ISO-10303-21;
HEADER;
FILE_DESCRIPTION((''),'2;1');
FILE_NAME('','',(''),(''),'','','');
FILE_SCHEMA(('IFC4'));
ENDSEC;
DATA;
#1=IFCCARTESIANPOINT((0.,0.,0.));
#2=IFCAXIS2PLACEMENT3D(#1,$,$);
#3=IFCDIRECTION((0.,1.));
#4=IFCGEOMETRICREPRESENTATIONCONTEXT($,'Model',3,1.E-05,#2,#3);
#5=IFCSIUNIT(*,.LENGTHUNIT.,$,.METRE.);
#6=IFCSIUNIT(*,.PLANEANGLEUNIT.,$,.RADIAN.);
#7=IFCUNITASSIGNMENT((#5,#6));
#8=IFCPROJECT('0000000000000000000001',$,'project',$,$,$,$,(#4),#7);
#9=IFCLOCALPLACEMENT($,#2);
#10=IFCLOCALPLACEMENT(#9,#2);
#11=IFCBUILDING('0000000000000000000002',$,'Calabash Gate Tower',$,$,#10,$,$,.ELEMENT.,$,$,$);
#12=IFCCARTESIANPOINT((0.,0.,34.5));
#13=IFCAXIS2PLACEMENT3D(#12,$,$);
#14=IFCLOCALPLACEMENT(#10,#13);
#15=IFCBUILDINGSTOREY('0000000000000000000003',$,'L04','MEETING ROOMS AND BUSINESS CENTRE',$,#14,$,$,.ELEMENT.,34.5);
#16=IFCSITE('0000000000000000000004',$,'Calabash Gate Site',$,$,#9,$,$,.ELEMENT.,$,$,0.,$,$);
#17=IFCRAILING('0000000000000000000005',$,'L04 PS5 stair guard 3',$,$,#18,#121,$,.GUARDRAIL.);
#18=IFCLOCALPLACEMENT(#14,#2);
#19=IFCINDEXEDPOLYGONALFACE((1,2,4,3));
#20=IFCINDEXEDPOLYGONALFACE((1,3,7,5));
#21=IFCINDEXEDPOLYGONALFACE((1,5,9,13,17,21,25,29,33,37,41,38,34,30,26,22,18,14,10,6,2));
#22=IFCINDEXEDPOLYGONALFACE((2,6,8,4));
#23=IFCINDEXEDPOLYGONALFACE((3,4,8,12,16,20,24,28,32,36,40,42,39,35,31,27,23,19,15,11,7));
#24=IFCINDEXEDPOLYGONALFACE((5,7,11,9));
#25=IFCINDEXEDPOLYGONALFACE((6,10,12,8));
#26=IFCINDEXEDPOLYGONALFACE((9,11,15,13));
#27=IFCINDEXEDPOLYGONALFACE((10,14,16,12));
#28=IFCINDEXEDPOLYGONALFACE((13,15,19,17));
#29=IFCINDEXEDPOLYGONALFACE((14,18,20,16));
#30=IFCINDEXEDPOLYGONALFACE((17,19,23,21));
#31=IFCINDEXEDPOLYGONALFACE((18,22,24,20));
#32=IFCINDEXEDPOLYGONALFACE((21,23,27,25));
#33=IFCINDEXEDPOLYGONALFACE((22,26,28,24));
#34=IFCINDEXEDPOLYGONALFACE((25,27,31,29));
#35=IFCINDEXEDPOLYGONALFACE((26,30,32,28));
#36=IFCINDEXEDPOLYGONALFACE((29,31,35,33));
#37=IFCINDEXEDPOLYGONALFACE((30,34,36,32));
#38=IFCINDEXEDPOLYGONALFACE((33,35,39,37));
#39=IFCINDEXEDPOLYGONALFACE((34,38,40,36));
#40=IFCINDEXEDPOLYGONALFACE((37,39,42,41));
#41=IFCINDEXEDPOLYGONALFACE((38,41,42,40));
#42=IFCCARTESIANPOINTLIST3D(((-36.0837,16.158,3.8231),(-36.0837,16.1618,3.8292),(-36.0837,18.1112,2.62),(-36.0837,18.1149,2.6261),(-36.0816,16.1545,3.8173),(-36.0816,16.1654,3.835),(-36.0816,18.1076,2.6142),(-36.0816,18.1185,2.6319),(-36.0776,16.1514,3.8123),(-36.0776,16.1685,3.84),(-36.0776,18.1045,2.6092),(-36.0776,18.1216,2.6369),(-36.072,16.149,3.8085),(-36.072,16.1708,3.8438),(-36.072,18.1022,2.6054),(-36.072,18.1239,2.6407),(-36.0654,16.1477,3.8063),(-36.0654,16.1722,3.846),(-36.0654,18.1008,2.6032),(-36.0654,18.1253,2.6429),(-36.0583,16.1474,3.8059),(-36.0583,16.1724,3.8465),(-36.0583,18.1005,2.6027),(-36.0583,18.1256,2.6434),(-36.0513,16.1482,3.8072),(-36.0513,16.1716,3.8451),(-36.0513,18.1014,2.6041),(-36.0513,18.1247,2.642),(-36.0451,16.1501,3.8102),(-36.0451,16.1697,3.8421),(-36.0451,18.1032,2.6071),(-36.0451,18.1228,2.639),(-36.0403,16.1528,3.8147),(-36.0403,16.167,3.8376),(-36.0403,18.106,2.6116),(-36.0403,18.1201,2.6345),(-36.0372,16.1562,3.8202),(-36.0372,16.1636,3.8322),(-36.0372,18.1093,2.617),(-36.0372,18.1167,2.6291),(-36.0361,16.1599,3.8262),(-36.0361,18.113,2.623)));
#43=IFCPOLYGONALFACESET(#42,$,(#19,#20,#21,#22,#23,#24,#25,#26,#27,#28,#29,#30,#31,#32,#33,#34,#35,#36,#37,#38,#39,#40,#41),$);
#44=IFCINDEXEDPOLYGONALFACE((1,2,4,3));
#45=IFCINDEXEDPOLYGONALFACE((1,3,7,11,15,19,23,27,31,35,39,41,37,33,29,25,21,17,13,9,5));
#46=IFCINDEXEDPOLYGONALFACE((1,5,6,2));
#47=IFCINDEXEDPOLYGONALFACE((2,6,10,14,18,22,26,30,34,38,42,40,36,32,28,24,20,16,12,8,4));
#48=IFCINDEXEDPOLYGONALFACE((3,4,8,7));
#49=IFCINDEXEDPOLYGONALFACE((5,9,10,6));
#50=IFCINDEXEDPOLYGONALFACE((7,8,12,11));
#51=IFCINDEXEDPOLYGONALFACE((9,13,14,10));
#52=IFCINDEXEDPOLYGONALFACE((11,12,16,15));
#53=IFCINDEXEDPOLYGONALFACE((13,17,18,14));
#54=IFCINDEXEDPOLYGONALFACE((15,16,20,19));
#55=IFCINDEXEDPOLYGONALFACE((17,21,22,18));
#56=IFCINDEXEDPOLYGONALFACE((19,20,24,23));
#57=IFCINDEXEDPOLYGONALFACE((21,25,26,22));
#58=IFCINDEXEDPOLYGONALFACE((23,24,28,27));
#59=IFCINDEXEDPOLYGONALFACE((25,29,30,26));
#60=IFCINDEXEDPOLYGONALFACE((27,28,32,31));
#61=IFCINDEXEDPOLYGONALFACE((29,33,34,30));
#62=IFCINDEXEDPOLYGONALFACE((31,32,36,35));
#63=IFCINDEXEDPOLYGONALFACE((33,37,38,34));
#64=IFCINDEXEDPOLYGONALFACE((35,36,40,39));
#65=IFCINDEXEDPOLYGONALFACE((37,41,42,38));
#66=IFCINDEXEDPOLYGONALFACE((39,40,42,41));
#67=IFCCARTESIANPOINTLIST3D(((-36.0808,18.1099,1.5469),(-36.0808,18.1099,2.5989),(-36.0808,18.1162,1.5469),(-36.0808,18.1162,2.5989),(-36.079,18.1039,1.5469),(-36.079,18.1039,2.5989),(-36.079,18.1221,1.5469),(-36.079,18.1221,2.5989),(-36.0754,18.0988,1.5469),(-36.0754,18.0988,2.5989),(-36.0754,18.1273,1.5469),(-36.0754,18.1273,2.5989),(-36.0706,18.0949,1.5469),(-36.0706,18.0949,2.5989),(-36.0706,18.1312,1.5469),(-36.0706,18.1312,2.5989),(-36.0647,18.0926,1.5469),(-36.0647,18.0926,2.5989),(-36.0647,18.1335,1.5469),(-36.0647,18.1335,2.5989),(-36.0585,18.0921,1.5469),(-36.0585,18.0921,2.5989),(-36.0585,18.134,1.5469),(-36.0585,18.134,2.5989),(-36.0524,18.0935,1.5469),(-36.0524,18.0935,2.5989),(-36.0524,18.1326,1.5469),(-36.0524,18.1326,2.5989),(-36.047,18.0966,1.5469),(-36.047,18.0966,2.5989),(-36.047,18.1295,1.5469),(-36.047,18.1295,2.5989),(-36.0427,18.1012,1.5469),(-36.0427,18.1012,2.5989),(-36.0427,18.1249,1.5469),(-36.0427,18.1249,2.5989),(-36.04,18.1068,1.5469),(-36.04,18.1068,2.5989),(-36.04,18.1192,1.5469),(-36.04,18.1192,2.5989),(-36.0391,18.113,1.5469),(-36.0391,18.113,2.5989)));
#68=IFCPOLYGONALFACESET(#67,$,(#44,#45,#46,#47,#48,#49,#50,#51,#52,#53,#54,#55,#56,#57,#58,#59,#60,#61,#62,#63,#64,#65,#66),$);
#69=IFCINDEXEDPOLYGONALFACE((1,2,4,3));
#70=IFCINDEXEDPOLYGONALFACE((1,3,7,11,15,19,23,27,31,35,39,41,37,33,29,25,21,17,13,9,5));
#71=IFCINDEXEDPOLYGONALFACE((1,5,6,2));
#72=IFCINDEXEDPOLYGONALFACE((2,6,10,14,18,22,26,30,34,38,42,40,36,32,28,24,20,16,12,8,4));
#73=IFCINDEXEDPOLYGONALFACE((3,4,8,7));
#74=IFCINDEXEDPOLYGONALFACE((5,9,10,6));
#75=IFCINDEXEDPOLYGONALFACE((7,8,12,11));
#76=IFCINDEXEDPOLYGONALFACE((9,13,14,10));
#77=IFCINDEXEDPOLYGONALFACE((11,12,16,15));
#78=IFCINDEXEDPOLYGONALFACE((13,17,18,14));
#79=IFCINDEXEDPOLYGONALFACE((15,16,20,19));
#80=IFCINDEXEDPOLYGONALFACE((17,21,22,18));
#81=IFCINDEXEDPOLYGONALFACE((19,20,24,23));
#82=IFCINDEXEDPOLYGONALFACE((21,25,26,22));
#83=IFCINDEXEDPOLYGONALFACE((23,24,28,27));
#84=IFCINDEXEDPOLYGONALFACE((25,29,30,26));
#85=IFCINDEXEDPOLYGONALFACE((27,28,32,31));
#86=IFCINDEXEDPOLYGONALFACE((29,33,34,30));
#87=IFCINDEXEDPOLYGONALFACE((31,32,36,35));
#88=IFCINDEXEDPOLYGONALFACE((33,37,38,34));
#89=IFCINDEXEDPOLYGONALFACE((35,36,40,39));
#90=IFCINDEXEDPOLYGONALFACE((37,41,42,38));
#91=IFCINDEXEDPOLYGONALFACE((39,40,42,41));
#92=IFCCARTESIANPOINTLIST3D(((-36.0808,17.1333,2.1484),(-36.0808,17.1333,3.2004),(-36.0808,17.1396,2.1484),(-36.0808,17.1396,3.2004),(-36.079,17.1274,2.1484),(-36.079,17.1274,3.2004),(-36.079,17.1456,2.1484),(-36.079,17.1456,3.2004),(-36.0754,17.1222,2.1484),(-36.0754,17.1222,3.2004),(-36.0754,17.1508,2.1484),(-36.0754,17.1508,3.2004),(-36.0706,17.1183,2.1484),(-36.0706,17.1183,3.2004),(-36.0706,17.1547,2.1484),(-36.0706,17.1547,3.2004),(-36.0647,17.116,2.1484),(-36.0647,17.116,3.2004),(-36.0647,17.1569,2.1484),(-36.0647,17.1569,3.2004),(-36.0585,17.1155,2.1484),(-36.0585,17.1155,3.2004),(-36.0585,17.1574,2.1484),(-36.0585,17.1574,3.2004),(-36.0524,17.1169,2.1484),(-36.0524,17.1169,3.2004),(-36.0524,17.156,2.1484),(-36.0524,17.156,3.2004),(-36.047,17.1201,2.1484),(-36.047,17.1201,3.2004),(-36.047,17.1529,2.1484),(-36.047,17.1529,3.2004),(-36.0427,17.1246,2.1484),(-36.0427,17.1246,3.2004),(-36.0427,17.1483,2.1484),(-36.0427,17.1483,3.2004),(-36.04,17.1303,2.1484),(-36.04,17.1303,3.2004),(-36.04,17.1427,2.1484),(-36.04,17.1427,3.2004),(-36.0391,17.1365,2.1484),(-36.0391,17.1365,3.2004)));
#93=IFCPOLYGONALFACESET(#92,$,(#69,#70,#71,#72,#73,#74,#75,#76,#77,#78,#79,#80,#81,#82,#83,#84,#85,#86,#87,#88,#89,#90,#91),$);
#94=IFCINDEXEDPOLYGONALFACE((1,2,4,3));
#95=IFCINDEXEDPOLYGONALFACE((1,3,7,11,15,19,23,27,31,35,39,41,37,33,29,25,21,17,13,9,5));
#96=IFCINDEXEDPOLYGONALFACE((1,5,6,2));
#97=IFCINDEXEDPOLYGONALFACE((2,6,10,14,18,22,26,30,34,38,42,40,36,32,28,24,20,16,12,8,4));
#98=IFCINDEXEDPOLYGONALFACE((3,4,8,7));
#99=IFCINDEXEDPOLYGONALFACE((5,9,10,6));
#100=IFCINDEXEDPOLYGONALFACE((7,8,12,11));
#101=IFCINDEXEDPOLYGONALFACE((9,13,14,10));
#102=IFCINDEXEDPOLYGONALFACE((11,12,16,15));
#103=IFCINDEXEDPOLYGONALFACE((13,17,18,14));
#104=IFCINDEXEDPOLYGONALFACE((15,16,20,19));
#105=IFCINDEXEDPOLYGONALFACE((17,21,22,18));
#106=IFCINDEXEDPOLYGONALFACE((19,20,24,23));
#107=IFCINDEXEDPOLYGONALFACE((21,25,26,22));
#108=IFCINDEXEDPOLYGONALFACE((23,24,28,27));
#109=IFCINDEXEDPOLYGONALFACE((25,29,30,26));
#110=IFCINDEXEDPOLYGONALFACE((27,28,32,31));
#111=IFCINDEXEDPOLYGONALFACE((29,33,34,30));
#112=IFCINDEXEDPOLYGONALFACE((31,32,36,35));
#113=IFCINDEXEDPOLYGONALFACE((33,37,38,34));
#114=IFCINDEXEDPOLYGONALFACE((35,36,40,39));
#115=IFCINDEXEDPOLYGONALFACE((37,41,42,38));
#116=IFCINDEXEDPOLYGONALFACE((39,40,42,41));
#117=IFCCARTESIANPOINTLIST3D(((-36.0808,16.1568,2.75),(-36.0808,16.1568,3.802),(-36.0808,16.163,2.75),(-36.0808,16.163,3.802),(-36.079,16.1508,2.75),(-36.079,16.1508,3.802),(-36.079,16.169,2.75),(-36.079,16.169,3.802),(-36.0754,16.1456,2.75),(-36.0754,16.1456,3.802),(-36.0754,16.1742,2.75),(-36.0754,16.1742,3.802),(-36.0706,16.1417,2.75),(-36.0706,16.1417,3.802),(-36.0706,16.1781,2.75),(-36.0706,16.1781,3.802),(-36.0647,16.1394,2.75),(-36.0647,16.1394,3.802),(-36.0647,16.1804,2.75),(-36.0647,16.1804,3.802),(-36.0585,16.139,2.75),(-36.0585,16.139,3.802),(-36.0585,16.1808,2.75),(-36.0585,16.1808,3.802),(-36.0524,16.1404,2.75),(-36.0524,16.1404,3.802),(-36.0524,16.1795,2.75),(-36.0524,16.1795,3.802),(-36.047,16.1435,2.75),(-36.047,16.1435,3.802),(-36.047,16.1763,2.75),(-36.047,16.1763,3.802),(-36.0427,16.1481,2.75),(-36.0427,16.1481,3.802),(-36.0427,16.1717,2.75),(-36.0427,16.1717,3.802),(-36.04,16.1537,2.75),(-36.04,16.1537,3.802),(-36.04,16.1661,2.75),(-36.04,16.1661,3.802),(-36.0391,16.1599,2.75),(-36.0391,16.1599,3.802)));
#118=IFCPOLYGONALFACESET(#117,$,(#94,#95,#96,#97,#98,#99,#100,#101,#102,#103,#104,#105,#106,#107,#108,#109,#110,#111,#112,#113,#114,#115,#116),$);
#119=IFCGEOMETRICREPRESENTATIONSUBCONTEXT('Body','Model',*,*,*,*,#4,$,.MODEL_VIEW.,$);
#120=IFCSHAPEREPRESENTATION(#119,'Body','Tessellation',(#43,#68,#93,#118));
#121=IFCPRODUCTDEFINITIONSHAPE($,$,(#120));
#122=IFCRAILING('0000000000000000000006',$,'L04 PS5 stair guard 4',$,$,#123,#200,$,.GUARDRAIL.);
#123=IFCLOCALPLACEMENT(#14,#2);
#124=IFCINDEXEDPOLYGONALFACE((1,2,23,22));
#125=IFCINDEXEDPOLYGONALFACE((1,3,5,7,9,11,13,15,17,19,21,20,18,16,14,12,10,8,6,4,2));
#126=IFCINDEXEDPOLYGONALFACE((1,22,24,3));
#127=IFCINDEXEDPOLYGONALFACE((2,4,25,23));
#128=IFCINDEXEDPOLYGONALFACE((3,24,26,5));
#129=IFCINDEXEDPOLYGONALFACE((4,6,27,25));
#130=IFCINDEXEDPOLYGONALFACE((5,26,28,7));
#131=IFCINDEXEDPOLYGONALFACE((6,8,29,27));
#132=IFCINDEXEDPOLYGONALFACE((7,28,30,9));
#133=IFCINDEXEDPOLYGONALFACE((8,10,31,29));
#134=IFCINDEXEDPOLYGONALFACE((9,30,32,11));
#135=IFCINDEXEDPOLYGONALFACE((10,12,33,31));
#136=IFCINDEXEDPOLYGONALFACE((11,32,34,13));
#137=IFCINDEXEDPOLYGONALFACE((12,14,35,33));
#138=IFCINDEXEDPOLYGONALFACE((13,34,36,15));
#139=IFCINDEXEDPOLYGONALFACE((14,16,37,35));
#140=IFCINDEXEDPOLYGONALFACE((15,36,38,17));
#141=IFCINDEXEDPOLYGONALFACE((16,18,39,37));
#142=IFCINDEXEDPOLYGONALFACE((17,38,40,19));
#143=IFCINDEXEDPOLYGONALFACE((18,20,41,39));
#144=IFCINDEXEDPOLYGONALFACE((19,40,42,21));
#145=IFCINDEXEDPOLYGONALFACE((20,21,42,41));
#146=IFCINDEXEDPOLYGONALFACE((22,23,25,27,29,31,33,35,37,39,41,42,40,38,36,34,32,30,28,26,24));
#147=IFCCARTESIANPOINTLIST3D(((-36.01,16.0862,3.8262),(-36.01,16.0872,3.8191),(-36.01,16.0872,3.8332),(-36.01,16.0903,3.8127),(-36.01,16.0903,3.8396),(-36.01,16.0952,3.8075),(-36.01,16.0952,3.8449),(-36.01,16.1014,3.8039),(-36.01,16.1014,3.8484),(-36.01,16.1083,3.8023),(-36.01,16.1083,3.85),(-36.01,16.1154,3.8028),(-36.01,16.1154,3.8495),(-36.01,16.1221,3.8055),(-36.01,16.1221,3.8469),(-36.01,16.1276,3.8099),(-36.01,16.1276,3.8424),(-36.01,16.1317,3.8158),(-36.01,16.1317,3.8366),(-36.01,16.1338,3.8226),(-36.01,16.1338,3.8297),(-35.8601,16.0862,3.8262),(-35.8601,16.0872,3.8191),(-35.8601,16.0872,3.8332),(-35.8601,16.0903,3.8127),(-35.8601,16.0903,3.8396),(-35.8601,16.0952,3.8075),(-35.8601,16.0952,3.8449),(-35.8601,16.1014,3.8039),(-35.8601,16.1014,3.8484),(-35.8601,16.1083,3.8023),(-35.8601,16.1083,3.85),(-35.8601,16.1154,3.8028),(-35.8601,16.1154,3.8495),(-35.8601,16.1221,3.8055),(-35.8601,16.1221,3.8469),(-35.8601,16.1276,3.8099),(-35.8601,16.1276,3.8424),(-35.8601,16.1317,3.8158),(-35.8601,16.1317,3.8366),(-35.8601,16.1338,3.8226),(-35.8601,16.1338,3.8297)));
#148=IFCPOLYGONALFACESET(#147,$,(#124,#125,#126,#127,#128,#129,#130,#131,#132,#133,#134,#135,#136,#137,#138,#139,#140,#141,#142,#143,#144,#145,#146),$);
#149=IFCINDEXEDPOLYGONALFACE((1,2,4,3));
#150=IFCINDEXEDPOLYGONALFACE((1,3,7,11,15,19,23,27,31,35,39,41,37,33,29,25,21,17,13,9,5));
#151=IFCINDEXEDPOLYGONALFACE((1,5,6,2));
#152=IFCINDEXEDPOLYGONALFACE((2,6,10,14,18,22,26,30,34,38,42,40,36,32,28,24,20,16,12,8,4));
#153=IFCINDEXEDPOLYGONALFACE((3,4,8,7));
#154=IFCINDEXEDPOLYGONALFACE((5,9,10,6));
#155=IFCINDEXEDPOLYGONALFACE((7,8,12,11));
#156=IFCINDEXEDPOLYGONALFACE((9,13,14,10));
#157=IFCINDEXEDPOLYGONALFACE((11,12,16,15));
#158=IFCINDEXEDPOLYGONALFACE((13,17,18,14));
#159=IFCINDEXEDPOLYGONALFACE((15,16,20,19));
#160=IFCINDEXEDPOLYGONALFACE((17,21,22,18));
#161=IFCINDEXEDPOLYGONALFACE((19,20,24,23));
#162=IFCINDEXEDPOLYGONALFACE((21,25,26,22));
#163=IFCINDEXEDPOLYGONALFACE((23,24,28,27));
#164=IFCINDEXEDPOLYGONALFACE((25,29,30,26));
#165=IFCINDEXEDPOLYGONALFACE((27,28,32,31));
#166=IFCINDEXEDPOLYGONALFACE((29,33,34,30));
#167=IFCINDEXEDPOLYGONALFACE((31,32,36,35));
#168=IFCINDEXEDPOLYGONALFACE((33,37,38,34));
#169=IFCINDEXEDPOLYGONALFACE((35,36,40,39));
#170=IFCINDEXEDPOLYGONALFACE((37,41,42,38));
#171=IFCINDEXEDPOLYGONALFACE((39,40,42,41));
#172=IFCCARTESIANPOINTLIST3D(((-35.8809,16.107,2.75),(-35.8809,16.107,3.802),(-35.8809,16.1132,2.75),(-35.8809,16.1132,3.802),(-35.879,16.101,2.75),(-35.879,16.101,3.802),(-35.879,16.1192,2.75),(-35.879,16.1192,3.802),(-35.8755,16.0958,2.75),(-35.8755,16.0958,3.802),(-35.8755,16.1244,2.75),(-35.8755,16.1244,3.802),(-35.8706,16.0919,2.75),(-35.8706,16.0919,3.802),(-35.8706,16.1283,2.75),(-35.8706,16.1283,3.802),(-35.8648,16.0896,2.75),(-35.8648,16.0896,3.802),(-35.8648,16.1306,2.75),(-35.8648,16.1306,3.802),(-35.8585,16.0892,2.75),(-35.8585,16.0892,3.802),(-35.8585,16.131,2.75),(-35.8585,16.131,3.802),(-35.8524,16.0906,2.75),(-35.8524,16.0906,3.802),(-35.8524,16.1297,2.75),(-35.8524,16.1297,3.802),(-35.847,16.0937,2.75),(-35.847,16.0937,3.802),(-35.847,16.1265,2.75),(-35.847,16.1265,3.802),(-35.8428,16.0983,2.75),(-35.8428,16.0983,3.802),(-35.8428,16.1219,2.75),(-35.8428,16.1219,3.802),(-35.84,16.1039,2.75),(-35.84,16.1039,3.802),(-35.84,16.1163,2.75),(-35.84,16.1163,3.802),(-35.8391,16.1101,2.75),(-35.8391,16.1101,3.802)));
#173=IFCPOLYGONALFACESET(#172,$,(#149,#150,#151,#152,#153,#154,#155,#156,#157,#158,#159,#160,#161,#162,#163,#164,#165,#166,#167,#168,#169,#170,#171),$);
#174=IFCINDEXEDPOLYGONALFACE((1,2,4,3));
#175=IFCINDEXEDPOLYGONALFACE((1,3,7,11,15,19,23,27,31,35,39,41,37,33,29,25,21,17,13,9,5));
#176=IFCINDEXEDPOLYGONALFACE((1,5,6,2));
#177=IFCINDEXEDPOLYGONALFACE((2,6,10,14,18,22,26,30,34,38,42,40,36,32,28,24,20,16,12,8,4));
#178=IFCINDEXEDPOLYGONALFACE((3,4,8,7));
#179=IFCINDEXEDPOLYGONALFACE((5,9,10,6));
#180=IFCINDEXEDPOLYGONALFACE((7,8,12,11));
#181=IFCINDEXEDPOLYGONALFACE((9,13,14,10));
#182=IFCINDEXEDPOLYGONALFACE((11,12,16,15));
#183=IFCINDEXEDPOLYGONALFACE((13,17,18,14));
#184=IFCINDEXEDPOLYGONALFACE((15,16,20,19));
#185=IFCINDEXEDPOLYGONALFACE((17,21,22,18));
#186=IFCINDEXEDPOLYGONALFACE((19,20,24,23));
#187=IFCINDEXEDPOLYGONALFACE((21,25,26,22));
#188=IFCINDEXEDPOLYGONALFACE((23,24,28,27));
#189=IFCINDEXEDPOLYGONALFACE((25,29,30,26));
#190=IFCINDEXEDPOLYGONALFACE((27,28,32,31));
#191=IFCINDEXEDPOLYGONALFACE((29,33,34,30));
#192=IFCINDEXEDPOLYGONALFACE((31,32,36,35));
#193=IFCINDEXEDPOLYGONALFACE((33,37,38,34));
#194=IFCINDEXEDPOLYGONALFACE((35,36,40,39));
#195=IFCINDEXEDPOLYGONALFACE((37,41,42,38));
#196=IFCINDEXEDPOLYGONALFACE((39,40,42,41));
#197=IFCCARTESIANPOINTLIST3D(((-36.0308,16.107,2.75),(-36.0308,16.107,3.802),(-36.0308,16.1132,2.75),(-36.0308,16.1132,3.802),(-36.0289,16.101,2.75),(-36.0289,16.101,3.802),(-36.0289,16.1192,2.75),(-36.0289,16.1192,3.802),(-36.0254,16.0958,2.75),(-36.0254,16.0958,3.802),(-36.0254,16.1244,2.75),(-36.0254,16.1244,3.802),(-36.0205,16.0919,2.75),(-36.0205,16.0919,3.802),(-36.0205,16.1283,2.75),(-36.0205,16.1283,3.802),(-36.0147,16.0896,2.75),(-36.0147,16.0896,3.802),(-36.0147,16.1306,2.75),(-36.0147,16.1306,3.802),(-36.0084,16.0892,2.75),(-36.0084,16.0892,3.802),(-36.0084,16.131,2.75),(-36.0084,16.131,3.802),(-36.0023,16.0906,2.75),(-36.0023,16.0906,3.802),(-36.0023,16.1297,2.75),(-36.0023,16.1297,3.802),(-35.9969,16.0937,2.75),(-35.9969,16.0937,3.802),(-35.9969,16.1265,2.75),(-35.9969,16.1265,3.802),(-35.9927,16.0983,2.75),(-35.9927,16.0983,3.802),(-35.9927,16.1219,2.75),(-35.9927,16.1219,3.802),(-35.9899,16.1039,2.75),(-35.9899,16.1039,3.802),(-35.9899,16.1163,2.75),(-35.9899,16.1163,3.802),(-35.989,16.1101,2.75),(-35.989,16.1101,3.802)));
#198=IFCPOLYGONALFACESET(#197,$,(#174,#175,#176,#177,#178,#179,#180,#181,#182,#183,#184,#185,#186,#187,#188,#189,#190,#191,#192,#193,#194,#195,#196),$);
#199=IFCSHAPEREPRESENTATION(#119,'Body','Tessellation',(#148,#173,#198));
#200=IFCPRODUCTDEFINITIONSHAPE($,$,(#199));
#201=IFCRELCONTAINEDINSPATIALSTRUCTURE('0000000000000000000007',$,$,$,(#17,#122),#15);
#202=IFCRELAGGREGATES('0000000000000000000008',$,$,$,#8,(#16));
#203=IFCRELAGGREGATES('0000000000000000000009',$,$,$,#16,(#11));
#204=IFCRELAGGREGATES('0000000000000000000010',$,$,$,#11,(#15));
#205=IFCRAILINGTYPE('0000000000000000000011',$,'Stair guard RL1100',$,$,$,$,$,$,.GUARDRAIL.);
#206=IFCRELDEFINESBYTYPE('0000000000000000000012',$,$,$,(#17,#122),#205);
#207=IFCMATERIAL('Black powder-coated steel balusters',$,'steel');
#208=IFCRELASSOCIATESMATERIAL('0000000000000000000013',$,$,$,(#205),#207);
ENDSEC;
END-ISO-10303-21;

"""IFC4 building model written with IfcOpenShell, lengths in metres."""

from ifc_helpers import new_model, si_unit, direction, frame, origin, origin_2d, place, context, subcontext, project, spatial, circle, extrude, material, type_object, element, save


model = new_model("IFC4")

# Units and contexts
model_context = context("Model", 3, precision=1e-05, world=origin(), true_north=direction((0.0, 1.0)))
body_context = subcontext(model_context, "Body", "Model", "MODEL_VIEW")
ifc_project = project(units=[si_unit("LENGTHUNIT", "METRE"), si_unit("PLANEANGLEUNIT", "RADIAN")], contexts=[model_context])

# Site, building, storey
site_placement = place(None, origin())
site = spatial("IfcSite", under=ifc_project, at=site_placement, Name="Calabash Gate Site", CompositionType="ELEMENT", RefElevation=0.0)
building_placement = place(site_placement, origin())
building = spatial("IfcBuilding", under=site, at=building_placement, Name="Calabash Gate Tower", CompositionType="ELEMENT")
storey_placement = place(building_placement, frame((0.0, 0.0, 34.5)))
storey = spatial("IfcBuildingStorey", under=building, at=storey_placement, Name="L04", Description="MEETING ROOMS AND BUSINESS CENTRE", CompositionType="ELEMENT", Elevation=34.5)

# Railings
ifc_material_1 = material(Name="Black powder-coated steel balusters", Category="steel")
railing_type_1 = type_object("IfcRailingType", Name="Stair guard RL1100", PredefinedType="GUARDRAIL", material=ifc_material_1)
railing_1_placement = place(storey_placement, frame((-36.0601, 18.113, 1.5469)))
element("IfcRailing", 1, at=railing_1_placement, inside=storey, type_object=railing_type_1, Name="L04 PS5 stair guard 3", PredefinedType="GUARDRAIL", context=body_context, shape_type="SweptSolid", body=[
    extrude(circle(Radius=0.0239, at=origin_2d()), frame((0.0, 0.0, 1.0762), z_axis=(0.0, -0.851424, 0.524477), x_axis=(1.0, 0.0, 0.0)), (0.0, 0.0, 1.0), 2.2939),
    extrude(circle(Radius=0.021, at=origin_2d()), origin(), (0.0, 0.0, 1.0), 1.052),
    extrude(circle(Radius=0.021, at=origin_2d()), frame((0.0, -0.9766, 0.6016)), (0.0, 0.0, 1.0), 1.052),
    extrude(circle(Radius=0.021, at=origin_2d()), frame((0.0, -1.9531, 1.2031)), (0.0, 0.0, 1.0), 1.052),
])
railing_2_placement = place(storey_placement, frame((-35.8601, 16.1101, 2.75)))
element("IfcRailing", 2, at=railing_2_placement, inside=storey, type_object=railing_type_1, Name="L04 PS5 stair guard 4", PredefinedType="GUARDRAIL", context=body_context, shape_type="SweptSolid", body=[
    extrude(circle(Radius=0.0239, at=origin_2d()), frame((0.0, 0.0, 1.0762), z_axis=(-1.0, 0.0, 0.0), x_axis=(0.0, -1.0, 0.0)), (0.0, 0.0, 1.0), 0.1499),
    extrude(circle(Radius=0.021, at=origin_2d()), origin(), (0.0, 0.0, 1.0), 1.052),
    extrude(circle(Radius=0.021, at=origin_2d()), frame((-0.1499, 0.0, 0.0)), (0.0, 0.0, 1.0), 1.052),
])

save(model, "model.ifc")
